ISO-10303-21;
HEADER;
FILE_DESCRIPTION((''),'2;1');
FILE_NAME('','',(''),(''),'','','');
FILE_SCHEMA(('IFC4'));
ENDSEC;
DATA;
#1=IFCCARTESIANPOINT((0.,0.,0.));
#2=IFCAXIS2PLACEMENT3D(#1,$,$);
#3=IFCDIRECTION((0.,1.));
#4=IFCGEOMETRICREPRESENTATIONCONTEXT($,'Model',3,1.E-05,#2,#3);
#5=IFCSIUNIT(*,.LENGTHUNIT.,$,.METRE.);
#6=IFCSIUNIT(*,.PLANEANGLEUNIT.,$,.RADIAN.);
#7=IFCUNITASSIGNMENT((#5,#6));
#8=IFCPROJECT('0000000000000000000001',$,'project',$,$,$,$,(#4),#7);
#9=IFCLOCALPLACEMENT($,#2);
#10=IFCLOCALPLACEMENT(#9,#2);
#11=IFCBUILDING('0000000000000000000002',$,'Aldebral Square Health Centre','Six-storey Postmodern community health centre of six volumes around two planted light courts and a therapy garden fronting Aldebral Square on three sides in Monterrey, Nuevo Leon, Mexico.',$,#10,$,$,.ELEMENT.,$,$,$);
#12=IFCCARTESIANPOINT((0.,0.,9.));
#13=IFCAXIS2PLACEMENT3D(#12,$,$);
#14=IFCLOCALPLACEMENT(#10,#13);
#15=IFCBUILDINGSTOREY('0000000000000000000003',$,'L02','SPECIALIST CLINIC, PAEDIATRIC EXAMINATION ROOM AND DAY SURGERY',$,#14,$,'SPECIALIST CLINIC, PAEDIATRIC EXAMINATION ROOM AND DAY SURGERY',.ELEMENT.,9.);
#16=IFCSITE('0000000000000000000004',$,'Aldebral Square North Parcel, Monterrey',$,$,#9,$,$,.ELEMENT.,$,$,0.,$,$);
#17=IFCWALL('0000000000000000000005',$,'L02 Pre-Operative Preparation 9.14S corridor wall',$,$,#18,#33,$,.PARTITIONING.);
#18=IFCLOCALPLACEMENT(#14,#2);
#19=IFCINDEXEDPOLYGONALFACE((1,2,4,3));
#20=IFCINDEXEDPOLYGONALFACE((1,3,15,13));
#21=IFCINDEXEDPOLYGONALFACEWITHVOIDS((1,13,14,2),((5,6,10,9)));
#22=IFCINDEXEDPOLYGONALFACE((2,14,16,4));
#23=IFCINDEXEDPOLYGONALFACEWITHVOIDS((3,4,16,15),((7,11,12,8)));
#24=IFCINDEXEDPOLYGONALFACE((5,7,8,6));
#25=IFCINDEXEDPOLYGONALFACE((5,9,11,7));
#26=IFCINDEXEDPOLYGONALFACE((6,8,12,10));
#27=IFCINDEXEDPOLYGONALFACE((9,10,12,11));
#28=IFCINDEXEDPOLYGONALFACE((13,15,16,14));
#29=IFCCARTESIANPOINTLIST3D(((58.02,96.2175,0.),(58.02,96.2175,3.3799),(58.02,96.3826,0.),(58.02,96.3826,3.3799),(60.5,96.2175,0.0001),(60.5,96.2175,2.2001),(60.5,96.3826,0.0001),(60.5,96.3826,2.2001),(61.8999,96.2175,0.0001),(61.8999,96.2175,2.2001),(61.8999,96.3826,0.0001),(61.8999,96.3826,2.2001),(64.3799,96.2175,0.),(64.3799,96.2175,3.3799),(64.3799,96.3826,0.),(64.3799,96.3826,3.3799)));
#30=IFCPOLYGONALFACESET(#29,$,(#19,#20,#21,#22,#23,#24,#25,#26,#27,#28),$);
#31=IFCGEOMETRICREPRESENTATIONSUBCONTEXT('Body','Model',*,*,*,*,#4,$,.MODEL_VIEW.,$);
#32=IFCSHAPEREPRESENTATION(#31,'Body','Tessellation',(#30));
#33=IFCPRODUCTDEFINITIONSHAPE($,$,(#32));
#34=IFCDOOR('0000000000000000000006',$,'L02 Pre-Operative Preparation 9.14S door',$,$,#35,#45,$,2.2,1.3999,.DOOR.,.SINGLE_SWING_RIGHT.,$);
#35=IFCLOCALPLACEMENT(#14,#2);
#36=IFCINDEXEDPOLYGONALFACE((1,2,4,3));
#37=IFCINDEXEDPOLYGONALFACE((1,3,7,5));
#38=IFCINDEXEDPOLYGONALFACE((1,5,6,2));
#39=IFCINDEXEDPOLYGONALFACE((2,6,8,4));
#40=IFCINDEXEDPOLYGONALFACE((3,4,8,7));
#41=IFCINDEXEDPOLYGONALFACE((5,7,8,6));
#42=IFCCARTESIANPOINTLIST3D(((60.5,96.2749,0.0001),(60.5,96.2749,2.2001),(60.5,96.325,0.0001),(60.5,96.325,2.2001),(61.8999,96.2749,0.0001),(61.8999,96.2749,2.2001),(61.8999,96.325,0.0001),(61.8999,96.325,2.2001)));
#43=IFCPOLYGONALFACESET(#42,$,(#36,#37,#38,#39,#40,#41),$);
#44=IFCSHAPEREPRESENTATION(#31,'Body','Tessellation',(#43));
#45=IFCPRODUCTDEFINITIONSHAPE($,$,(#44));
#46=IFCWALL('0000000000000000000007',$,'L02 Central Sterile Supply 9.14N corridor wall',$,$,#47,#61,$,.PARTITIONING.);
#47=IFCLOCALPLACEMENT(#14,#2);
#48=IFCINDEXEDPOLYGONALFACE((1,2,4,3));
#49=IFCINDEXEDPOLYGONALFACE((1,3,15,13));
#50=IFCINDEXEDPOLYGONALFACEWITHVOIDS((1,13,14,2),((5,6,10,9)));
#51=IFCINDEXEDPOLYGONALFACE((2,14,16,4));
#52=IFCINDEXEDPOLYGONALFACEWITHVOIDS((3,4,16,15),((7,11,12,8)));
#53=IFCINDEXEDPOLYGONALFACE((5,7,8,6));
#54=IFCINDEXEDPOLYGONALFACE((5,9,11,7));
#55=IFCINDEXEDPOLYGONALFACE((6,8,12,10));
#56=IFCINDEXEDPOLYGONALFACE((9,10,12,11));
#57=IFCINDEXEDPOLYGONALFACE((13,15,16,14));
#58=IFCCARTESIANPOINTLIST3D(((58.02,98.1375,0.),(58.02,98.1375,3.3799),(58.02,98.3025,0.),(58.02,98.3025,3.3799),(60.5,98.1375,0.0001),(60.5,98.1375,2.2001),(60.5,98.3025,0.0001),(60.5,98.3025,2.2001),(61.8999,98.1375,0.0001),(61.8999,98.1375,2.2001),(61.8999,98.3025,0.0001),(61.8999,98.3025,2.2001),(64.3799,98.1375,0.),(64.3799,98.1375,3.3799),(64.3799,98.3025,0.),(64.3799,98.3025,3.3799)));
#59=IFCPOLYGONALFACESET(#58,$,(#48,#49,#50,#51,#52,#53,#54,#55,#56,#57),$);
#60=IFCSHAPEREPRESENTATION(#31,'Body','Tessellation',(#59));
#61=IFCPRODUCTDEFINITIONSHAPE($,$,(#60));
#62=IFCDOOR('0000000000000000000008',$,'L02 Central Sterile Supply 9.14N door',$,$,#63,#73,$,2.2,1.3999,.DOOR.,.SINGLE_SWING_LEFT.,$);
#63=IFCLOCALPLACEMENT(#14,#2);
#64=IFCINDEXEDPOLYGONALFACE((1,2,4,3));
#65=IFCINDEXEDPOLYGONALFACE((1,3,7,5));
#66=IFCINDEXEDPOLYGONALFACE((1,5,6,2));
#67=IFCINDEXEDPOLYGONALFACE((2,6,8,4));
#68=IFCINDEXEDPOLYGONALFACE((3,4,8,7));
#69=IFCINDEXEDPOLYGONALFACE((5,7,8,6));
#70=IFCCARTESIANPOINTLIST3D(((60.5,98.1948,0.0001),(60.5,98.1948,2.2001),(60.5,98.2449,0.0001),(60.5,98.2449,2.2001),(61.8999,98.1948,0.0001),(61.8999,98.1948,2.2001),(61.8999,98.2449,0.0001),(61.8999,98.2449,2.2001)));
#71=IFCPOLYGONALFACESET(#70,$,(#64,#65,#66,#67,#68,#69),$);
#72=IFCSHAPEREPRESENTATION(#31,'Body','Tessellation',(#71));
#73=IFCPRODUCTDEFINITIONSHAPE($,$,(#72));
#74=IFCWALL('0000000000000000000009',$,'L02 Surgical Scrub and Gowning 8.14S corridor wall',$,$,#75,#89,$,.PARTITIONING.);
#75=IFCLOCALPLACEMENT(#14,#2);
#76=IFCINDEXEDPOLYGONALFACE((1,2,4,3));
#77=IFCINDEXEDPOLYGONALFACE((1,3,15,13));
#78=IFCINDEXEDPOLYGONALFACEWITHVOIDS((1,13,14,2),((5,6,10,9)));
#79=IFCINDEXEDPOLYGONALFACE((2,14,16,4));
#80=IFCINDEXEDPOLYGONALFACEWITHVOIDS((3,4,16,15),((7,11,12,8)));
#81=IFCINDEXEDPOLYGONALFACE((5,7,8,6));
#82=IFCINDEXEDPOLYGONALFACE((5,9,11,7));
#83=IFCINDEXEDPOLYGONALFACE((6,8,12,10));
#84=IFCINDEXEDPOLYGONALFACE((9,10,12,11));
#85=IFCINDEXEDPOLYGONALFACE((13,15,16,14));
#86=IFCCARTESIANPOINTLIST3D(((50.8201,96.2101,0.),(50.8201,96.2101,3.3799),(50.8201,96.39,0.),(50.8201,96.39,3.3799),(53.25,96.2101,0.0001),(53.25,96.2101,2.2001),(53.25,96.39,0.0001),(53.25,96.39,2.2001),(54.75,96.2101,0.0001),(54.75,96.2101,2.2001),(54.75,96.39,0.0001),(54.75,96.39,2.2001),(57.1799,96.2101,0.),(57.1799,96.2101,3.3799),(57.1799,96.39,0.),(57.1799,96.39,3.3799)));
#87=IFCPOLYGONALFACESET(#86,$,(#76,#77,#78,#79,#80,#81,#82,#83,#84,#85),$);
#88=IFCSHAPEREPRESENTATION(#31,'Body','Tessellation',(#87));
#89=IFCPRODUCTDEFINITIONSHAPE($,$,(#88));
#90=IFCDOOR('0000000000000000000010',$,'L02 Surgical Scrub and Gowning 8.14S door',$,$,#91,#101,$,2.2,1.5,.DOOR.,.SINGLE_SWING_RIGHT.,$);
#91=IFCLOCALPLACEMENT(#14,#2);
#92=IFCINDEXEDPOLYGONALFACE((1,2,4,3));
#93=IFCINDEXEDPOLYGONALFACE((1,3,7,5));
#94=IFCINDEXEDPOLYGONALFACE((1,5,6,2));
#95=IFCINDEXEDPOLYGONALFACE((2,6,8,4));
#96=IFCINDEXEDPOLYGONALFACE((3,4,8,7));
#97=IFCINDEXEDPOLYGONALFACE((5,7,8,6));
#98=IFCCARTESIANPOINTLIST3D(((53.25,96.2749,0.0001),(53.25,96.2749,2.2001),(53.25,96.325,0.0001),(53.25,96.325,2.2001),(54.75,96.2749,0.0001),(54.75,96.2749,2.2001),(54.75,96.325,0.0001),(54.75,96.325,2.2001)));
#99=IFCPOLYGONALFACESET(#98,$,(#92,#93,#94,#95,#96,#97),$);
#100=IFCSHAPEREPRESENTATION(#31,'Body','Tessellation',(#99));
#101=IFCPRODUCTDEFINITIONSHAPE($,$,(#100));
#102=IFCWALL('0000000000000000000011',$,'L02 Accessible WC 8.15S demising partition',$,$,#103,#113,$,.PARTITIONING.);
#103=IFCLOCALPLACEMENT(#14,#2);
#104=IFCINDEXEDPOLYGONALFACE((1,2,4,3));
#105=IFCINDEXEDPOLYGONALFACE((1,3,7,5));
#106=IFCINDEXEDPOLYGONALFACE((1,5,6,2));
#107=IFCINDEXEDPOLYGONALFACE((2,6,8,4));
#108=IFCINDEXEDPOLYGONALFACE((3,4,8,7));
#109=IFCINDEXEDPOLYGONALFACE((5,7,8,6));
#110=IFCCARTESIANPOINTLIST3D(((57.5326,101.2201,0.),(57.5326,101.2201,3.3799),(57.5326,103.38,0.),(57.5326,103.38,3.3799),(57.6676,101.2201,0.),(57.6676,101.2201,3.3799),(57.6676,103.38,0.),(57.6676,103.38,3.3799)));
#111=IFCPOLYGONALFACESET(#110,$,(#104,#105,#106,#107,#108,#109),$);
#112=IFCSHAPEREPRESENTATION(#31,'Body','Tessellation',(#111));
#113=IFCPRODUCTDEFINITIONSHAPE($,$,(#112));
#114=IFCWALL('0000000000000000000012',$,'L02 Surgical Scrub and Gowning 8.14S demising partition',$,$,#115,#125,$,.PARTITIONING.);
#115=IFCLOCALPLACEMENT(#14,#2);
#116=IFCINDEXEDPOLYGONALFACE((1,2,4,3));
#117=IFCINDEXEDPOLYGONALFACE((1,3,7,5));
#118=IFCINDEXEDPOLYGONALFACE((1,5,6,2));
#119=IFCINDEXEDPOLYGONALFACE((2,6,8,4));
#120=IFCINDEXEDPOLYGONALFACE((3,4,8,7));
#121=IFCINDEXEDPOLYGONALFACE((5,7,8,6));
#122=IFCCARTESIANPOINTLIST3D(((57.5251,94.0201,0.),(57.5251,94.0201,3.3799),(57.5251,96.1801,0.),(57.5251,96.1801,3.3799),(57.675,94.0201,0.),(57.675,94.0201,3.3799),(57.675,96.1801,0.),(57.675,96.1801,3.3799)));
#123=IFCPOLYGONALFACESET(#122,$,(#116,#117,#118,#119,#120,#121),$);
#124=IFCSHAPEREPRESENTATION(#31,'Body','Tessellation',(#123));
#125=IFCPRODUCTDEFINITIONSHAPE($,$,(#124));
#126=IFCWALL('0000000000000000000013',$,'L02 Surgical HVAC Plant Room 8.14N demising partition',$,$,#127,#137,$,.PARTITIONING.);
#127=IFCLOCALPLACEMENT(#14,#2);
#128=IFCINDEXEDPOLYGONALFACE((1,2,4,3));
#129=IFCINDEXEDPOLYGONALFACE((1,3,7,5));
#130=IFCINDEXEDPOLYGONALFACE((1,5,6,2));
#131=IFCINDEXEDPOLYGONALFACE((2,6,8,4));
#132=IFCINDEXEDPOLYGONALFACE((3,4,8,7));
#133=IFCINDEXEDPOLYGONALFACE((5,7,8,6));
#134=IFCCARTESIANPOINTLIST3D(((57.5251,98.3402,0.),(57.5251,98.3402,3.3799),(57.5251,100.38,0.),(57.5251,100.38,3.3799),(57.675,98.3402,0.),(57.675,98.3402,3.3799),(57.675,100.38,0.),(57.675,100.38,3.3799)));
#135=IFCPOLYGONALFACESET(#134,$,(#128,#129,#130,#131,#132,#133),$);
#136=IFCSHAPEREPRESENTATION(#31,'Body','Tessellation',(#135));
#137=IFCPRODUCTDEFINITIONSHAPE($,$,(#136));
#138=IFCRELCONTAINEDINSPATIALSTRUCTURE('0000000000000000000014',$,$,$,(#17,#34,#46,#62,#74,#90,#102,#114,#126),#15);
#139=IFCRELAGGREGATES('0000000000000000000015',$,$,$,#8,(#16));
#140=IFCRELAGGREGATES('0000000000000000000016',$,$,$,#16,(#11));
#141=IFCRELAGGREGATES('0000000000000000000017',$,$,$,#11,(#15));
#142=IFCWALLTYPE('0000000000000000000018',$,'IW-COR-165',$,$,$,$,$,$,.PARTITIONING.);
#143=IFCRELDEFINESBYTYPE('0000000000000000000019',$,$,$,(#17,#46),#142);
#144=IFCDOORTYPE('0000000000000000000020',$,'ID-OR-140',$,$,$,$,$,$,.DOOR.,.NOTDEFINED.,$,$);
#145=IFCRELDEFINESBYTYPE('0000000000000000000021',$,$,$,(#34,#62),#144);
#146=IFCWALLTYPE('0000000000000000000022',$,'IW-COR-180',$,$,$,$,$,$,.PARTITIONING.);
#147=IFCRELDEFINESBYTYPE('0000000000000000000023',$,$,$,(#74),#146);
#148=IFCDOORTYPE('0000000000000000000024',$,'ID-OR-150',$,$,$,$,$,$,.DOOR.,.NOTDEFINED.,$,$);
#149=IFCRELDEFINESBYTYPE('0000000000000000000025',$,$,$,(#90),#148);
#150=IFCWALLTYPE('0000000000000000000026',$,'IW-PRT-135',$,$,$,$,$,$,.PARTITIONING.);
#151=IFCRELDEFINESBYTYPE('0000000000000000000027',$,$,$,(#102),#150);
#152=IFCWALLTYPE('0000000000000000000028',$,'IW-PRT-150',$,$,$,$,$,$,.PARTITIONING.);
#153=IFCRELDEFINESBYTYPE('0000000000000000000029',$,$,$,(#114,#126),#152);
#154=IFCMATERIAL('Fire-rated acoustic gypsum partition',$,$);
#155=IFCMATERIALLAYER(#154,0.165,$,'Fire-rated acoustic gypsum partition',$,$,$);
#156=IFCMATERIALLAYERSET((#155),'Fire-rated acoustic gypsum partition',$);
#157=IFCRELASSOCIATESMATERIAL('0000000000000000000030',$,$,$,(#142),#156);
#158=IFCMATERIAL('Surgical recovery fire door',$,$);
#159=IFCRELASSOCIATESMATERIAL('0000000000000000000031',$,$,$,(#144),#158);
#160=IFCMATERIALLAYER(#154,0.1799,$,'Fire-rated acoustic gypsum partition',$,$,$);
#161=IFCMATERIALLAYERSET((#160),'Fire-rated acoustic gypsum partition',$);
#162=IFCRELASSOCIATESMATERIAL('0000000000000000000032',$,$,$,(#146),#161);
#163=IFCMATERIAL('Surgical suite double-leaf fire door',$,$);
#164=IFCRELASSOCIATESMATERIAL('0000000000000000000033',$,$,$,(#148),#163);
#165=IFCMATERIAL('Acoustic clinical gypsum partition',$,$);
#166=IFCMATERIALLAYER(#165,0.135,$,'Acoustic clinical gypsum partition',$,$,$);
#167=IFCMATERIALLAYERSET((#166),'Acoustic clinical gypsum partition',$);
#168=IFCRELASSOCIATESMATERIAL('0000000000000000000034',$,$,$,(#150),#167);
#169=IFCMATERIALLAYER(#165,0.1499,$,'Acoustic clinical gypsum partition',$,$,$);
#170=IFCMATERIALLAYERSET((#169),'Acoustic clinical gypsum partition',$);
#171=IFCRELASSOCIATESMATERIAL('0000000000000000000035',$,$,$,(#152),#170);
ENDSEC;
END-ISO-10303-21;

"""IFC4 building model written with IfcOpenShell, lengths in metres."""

from ifc_helpers import new_model, si_unit, direction, frame, frame_2d, origin, place, context, subcontext, project, spatial, rectangle, extrude, material, layer, layer_set, type_object, element, fill, save


model = new_model("IFC4")

# Units and contexts
model_context = context("Model", 3, precision=1e-05, world=origin(), true_north=direction((0.0, 1.0)))
body_context = subcontext(model_context, "Body", "Model", "MODEL_VIEW")
ifc_project = project(units=[si_unit("LENGTHUNIT", "METRE"), si_unit("PLANEANGLEUNIT", "RADIAN")], contexts=[model_context])

# Site, building, storey
site_placement = place(None, origin())
site = spatial("IfcSite", under=ifc_project, at=site_placement, Name="Aldebral Square North Parcel, Monterrey", CompositionType="ELEMENT", RefElevation=0.0)
building_placement = place(site_placement, origin())
building = spatial("IfcBuilding", under=site, at=building_placement, Name="Aldebral Square Health Centre", Description="Six-storey Postmodern community health centre of six volumes around two planted light courts and a therapy garden fronting Aldebral Square on three sides in Monterrey, Nuevo Leon, Mexico.", CompositionType="ELEMENT")
storey_placement = place(building_placement, frame((0.0, 0.0, 9.0)))
storey = spatial("IfcBuildingStorey", under=building, at=storey_placement, Name="L02", Description="SPECIALIST CLINIC, PAEDIATRIC EXAMINATION ROOM AND DAY SURGERY", LongName="SPECIALIST CLINIC, PAEDIATRIC EXAMINATION ROOM AND DAY SURGERY", CompositionType="ELEMENT", Elevation=9.0)

# Walls, openings, doors
ifc_material_1 = material(Name="Fire-rated acoustic gypsum partition")
ifc_layer_1 = layer(ifc_material_1, 0.165, Name="Fire-rated acoustic gypsum partition")
ifc_layer_set_1 = layer_set([ifc_layer_1], Name="Fire-rated acoustic gypsum partition")
wall_type_1 = type_object("IfcWallType", Name="IW-COR-165", PredefinedType="PARTITIONING", material=ifc_layer_set_1)
wall_1_placement = place(storey_placement, frame((58.02, 96.3, 0.0), z_axis=(0.0, 0.0, 1.0), x_axis=(1.0, 0.0, 0.0)))
wall_1 = element("IfcWall", 1, at=wall_1_placement, inside=storey, type_object=wall_type_1, Name="L02 Pre-Operative Preparation 9.14S corridor wall", PredefinedType="PARTITIONING", context=body_context, shape_type="SweptSolid", body=[
    extrude(rectangle(XDim=6.3599, YDim=0.165, at=frame_2d((3.1799, 0.0))), origin(), (0.0, 0.0, 1.0), 3.3799),
])
opening_1_placement = place(wall_1_placement, frame((2.48, 0.0, 0.0)))
opening_1 = element("IfcOpeningElement", 2, at=opening_1_placement, cuts=wall_1, PredefinedType="OPENING", context=body_context, shape_type="SweptSolid", body=[
    extrude(rectangle(XDim=1.3999, YDim=2.2, at=frame_2d((0.7, 1.1001))), frame((0.0, 0.0925, 0.0), z_axis=(0.0, -1.0, 0.0), x_axis=(1.0, 0.0, 0.0)), (0.0, 0.0, 1.0), 0.1851),
])
ifc_material_2 = material(Name="Surgical recovery fire door")
door_type_1 = type_object("IfcDoorType", Name="ID-OR-140", OperationType="NOTDEFINED", PredefinedType="DOOR", material=ifc_material_2)
door_1_placement = place(opening_1_placement, origin())
door_1 = element("IfcDoor", 3, at=door_1_placement, inside=storey, type_object=door_type_1, Name="L02 Pre-Operative Preparation 9.14S door", OperationType="SINGLE_SWING_RIGHT", OverallHeight=2.2, OverallWidth=1.3999, PredefinedType="DOOR", context=body_context, shape_type="SweptSolid", body=[
    extrude(rectangle(XDim=1.3999, YDim=2.2, at=frame_2d((0.7, 1.1001))), frame((0.0, 0.0249, 0.0), z_axis=(0.0, -1.0, 0.0), x_axis=(1.0, 0.0, 0.0)), (0.0, 0.0, 1.0), 0.05),
])
fill(opening_1, door_1)
wall_2_placement = place(storey_placement, frame((58.02, 98.22, 0.0), z_axis=(0.0, 0.0, 1.0), x_axis=(1.0, 0.0, 0.0)))
wall_2 = element("IfcWall", 4, at=wall_2_placement, inside=storey, type_object=wall_type_1, Name="L02 Central Sterile Supply 9.14N corridor wall", PredefinedType="PARTITIONING", context=body_context, shape_type="SweptSolid", body=[
    extrude(rectangle(XDim=6.3599, YDim=0.165, at=frame_2d((3.1799, 0.0))), origin(), (0.0, 0.0, 1.0), 3.3799),
])
opening_2_placement = place(wall_2_placement, frame((2.48, 0.0, 0.0)))
opening_2 = element("IfcOpeningElement", 5, at=opening_2_placement, cuts=wall_2, PredefinedType="OPENING", context=body_context, shape_type="SweptSolid", body=[
    extrude(rectangle(XDim=1.3999, YDim=2.2, at=frame_2d((0.7, 1.1001))), frame((0.0, 0.0925, 0.0), z_axis=(0.0, -1.0, 0.0), x_axis=(1.0, 0.0, 0.0)), (0.0, 0.0, 1.0), 0.1851),
])
door_2_placement = place(opening_2_placement, origin())
door_2 = element("IfcDoor", 6, at=door_2_placement, inside=storey, type_object=door_type_1, Name="L02 Central Sterile Supply 9.14N door", OperationType="SINGLE_SWING_LEFT", OverallHeight=2.2, OverallWidth=1.3999, PredefinedType="DOOR", context=body_context, shape_type="SweptSolid", body=[
    extrude(rectangle(XDim=1.3999, YDim=2.2, at=frame_2d((0.7, 1.1001))), frame((0.0, 0.0249, 0.0), z_axis=(0.0, -1.0, 0.0), x_axis=(1.0, 0.0, 0.0)), (0.0, 0.0, 1.0), 0.05),
])
fill(opening_2, door_2)
ifc_layer_2 = layer(ifc_material_1, 0.1799, Name="Fire-rated acoustic gypsum partition")
ifc_layer_set_2 = layer_set([ifc_layer_2], Name="Fire-rated acoustic gypsum partition")
wall_type_2 = type_object("IfcWallType", Name="IW-COR-180", PredefinedType="PARTITIONING", material=ifc_layer_set_2)
wall_3_placement = place(storey_placement, frame((50.8201, 96.3, 0.0), z_axis=(0.0, 0.0, 1.0), x_axis=(1.0, 0.0, 0.0)))
wall_3 = element("IfcWall", 7, at=wall_3_placement, inside=storey, type_object=wall_type_2, Name="L02 Surgical Scrub and Gowning 8.14S corridor wall", PredefinedType="PARTITIONING", context=body_context, shape_type="SweptSolid", body=[
    extrude(rectangle(XDim=6.3599, YDim=0.1799, at=frame_2d((3.1799, 0.0))), origin(), (0.0, 0.0, 1.0), 3.3799),
])
opening_3_placement = place(wall_3_placement, frame((2.4299, 0.0, 0.0)))
opening_3 = element("IfcOpeningElement", 8, at=opening_3_placement, cuts=wall_3, PredefinedType="OPENING", context=body_context, shape_type="SweptSolid", body=[
    extrude(rectangle(XDim=1.5, YDim=2.2, at=frame_2d((0.75, 1.1001))), frame((0.0, 0.1001, 0.0), z_axis=(0.0, -1.0, 0.0), x_axis=(1.0, 0.0, 0.0)), (0.0, 0.0, 1.0), 0.2),
])
ifc_material_3 = material(Name="Surgical suite double-leaf fire door")
door_type_2 = type_object("IfcDoorType", Name="ID-OR-150", OperationType="NOTDEFINED", PredefinedType="DOOR", material=ifc_material_3)
door_3_placement = place(opening_3_placement, origin())
door_3 = element("IfcDoor", 9, at=door_3_placement, inside=storey, type_object=door_type_2, Name="L02 Surgical Scrub and Gowning 8.14S door", OperationType="SINGLE_SWING_RIGHT", OverallHeight=2.2, OverallWidth=1.5, PredefinedType="DOOR", context=body_context, shape_type="SweptSolid", body=[
    extrude(rectangle(XDim=1.5, YDim=2.2, at=frame_2d((0.75, 1.1001))), frame((0.0, 0.0249, 0.0), z_axis=(0.0, -1.0, 0.0), x_axis=(1.0, 0.0, 0.0)), (0.0, 0.0, 1.0), 0.05),
])
fill(opening_3, door_3)

# Walls
ifc_material_4 = material(Name="Acoustic clinical gypsum partition")
ifc_layer_3 = layer(ifc_material_4, 0.135, Name="Acoustic clinical gypsum partition")
ifc_layer_set_3 = layer_set([ifc_layer_3], Name="Acoustic clinical gypsum partition")
wall_type_3 = type_object("IfcWallType", Name="IW-PRT-135", PredefinedType="PARTITIONING", material=ifc_layer_set_3)
wall_4_placement = place(storey_placement, frame((57.6001, 101.22, 0.0), z_axis=(0.0, 0.0, 1.0), x_axis=(0.0, 1.0, 0.0)))
element("IfcWall", 10, at=wall_4_placement, inside=storey, type_object=wall_type_3, Name="L02 Accessible WC 8.15S demising partition", PredefinedType="PARTITIONING", context=body_context, shape_type="SweptSolid", body=[
    extrude(rectangle(XDim=2.1599, YDim=0.135, at=frame_2d((1.0801, 0.0))), origin(), (0.0, 0.0, 1.0), 3.3799),
])
ifc_layer_4 = layer(ifc_material_4, 0.1499, Name="Acoustic clinical gypsum partition")
ifc_layer_set_4 = layer_set([ifc_layer_4], Name="Acoustic clinical gypsum partition")
wall_type_4 = type_object("IfcWallType", Name="IW-PRT-150", PredefinedType="PARTITIONING", material=ifc_layer_set_4)
wall_5_placement = place(storey_placement, frame((57.6001, 94.02, 0.0), z_axis=(0.0, 0.0, 1.0), x_axis=(0.0, 1.0, 0.0)))
element("IfcWall", 11, at=wall_5_placement, inside=storey, type_object=wall_type_4, Name="L02 Surgical Scrub and Gowning 8.14S demising partition", PredefinedType="PARTITIONING", context=body_context, shape_type="SweptSolid", body=[
    extrude(rectangle(XDim=2.1599, YDim=0.1499, at=frame_2d((1.0801, 0.0))), origin(), (0.0, 0.0, 1.0), 3.3799),
])
wall_6_placement = place(storey_placement, frame((57.6001, 98.3401, 0.0), z_axis=(0.0, 0.0, 1.0), x_axis=(0.0, 1.0, 0.0)))
element("IfcWall", 12, at=wall_6_placement, inside=storey, type_object=wall_type_4, Name="L02 Surgical HVAC Plant Room 8.14N demising partition", PredefinedType="PARTITIONING", context=body_context, shape_type="SweptSolid", body=[
    extrude(rectangle(XDim=2.0398, YDim=0.1499, at=frame_2d((1.02, 0.0))), origin(), (0.0, 0.0, 1.0), 3.3799),
])

save(model, "model.ifc")
